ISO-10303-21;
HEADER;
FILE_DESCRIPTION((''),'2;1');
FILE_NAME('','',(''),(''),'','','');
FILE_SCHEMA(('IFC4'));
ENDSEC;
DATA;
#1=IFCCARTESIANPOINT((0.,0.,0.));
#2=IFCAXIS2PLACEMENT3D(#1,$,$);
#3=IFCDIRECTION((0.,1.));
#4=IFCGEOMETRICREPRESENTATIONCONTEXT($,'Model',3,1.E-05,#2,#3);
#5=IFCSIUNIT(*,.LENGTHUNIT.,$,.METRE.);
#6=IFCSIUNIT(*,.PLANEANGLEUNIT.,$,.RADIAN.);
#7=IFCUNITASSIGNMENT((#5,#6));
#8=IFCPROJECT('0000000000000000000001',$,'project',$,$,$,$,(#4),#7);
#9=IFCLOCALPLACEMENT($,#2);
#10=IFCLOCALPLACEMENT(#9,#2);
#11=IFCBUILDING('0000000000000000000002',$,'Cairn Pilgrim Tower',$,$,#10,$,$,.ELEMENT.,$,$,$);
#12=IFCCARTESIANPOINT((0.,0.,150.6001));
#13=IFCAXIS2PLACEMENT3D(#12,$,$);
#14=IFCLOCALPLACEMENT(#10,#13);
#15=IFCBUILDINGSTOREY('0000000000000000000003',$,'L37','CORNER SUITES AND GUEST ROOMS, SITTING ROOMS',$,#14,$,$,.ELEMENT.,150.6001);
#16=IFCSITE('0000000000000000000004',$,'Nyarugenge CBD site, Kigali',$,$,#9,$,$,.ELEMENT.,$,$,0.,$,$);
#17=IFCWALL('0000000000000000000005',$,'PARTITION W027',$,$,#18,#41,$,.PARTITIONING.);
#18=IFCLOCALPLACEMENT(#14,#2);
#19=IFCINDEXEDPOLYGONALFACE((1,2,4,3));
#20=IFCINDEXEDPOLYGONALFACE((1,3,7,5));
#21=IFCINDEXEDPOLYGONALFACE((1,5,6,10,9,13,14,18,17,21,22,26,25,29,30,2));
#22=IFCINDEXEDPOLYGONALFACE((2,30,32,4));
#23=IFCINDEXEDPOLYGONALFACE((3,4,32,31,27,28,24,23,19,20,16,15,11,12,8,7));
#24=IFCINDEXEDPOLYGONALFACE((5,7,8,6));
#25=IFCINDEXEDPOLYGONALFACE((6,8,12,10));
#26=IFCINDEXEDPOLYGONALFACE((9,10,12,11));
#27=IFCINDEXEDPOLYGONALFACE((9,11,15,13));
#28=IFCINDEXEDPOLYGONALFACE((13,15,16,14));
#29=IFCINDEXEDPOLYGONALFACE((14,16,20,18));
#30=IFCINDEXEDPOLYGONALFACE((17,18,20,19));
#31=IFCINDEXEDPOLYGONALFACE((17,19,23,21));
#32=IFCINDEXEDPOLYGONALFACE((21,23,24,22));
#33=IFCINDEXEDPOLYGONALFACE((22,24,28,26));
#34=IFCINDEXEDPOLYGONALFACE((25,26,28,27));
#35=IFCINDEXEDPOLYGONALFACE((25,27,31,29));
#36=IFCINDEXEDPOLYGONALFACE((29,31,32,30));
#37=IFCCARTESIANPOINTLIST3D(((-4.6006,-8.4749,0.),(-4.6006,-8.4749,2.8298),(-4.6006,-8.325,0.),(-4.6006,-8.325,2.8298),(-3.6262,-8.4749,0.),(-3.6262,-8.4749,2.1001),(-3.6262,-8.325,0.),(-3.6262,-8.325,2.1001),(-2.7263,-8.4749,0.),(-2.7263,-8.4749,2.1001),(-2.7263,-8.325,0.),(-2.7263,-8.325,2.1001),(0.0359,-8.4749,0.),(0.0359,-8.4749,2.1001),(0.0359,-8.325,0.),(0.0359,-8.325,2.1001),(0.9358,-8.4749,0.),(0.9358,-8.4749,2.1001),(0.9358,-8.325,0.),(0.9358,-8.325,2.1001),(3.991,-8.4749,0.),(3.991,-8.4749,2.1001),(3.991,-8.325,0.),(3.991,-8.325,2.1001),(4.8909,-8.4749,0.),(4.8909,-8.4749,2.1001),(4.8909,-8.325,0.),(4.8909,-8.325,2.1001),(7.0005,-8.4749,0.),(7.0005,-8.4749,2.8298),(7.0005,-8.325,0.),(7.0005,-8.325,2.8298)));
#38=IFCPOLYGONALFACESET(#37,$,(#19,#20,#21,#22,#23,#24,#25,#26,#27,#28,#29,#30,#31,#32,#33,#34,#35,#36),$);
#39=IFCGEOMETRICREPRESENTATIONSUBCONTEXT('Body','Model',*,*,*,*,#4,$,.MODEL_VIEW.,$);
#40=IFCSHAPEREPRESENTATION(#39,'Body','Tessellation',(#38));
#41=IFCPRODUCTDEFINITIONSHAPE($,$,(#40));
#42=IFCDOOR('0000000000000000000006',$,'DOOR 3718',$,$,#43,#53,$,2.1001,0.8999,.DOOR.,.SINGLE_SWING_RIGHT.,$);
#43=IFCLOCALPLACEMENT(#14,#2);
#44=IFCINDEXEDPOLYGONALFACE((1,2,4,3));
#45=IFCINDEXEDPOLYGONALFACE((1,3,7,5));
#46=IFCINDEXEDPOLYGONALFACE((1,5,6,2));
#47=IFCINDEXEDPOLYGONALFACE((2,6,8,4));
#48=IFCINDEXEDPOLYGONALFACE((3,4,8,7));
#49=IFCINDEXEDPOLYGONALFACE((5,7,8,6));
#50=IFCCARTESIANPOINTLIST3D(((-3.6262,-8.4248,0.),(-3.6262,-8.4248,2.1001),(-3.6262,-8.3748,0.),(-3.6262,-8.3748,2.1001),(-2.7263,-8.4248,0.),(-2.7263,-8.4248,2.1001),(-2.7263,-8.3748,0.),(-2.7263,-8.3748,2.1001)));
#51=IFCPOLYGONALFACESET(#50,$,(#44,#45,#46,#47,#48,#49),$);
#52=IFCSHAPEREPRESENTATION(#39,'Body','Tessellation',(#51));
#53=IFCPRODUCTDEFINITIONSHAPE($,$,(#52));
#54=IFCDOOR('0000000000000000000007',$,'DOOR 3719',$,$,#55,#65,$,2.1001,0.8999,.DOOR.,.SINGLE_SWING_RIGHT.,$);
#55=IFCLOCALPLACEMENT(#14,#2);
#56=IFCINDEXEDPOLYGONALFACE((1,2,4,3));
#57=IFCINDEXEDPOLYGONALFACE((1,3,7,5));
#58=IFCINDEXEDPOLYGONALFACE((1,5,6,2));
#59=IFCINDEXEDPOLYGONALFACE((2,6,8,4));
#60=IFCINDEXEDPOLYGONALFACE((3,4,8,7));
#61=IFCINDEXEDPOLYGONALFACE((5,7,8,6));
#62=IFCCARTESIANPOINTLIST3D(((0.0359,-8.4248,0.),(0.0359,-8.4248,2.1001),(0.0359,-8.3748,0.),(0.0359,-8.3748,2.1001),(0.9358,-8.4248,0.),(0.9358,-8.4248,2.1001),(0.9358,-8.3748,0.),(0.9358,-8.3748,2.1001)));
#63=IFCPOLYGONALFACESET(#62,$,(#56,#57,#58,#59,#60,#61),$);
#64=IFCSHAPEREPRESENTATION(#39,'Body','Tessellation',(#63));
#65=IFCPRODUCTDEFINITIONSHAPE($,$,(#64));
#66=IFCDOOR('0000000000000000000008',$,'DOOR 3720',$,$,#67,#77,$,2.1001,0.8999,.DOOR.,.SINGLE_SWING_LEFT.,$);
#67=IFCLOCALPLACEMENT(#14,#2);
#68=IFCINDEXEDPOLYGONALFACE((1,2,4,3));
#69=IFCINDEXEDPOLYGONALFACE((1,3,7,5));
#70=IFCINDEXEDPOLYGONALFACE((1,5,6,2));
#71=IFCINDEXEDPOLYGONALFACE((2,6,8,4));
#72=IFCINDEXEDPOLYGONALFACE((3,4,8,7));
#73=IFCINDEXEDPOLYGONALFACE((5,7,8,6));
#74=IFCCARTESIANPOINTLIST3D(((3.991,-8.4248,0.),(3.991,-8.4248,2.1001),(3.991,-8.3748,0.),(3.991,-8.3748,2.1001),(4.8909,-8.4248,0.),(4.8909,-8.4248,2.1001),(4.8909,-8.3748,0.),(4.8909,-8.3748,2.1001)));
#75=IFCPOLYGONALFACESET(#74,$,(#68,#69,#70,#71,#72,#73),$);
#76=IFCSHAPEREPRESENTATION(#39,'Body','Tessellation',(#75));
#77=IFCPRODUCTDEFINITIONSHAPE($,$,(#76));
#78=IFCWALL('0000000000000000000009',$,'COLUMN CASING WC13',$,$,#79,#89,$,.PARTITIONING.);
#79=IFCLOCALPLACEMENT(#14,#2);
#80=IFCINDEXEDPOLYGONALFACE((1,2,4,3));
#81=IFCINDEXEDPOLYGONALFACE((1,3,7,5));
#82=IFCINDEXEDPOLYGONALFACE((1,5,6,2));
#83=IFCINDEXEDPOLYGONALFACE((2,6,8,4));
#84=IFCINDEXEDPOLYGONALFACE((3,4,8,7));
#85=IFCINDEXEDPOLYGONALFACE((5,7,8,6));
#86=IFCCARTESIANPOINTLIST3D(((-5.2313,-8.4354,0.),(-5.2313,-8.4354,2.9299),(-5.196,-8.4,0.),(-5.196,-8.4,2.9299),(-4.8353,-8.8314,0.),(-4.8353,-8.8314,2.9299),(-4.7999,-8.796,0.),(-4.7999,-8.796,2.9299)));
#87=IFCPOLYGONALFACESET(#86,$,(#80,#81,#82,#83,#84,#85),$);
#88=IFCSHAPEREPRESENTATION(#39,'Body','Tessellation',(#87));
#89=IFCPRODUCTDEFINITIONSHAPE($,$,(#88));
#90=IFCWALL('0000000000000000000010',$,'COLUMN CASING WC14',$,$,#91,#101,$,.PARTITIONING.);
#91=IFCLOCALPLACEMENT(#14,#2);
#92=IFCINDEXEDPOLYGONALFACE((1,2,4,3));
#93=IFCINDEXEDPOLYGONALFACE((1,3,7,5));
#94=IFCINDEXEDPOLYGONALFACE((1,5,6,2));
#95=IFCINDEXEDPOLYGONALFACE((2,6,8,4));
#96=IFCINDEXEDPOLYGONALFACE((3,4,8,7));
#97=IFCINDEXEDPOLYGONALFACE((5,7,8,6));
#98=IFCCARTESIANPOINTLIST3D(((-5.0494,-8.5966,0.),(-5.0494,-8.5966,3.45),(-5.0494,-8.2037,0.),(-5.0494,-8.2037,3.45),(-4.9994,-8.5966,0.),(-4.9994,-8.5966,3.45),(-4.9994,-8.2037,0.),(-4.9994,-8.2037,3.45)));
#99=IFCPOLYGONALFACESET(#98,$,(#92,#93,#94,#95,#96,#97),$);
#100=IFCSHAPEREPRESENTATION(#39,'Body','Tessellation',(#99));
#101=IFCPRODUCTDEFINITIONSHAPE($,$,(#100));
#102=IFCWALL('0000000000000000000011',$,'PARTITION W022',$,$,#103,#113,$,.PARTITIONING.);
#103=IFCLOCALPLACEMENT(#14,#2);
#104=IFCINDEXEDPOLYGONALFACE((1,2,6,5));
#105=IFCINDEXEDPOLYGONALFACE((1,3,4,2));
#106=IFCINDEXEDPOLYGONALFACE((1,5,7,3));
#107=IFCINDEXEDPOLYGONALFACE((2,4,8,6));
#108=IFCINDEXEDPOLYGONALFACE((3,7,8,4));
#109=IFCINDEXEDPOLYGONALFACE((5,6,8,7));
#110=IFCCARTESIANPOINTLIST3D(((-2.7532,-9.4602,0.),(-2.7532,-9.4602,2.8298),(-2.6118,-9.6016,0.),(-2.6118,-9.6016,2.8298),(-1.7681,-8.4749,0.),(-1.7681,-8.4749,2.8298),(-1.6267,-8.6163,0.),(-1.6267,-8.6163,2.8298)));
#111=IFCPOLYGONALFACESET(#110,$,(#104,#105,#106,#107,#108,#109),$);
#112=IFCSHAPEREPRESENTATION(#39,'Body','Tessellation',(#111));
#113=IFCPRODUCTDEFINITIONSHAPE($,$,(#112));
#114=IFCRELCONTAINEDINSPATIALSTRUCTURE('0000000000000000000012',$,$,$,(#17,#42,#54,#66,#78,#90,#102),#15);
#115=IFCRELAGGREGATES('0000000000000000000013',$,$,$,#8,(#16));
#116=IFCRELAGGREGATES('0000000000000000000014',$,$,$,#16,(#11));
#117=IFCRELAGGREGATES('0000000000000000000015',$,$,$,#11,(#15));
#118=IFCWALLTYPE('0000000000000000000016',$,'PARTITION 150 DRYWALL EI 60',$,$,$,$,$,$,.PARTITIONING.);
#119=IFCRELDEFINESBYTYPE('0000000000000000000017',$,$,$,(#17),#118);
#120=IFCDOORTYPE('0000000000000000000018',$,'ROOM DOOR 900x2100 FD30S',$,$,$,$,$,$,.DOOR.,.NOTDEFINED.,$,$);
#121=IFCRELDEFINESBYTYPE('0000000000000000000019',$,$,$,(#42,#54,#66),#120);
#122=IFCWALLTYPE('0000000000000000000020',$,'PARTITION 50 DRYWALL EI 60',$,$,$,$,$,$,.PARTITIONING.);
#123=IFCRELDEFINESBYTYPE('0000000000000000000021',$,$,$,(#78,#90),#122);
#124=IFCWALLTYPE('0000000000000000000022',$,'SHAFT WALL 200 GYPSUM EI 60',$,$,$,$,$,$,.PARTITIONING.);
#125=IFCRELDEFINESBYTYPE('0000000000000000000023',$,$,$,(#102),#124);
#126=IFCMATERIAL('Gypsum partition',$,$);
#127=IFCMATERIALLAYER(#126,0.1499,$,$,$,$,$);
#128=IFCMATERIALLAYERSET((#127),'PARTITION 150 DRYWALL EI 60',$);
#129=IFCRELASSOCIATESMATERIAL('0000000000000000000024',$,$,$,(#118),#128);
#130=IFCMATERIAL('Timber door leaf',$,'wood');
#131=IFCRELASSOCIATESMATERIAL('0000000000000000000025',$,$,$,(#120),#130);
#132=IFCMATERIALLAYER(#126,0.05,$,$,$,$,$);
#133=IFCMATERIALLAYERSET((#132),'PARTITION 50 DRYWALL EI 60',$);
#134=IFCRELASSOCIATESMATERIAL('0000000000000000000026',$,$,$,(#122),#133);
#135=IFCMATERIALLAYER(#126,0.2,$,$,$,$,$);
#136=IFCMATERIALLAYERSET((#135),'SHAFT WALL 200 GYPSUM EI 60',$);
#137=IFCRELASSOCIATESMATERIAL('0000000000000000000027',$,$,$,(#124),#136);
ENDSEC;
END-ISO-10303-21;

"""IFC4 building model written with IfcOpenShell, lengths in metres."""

from ifc_helpers import new_model, si_unit, direction, frame, frame_2d, origin, place, context, subcontext, project, spatial, rectangle, extrude, material, layer, layer_set, type_object, element, fill, save


model = new_model("IFC4")

# Units and contexts
model_context = context("Model", 3, precision=1e-05, world=origin(), true_north=direction((0.0, 1.0)))
body_context = subcontext(model_context, "Body", "Model", "MODEL_VIEW")
ifc_project = project(units=[si_unit("LENGTHUNIT", "METRE"), si_unit("PLANEANGLEUNIT", "RADIAN")], contexts=[model_context])

# Site, building, storey
site_placement = place(None, origin())
site = spatial("IfcSite", under=ifc_project, at=site_placement, Name="Nyarugenge CBD site, Kigali", CompositionType="ELEMENT", RefElevation=0.0)
building_placement = place(site_placement, origin())
building = spatial("IfcBuilding", under=site, at=building_placement, Name="Cairn Pilgrim Tower", CompositionType="ELEMENT")
storey_placement = place(building_placement, frame((0.0, 0.0, 150.6001)))
storey = spatial("IfcBuildingStorey", under=building, at=storey_placement, Name="L37", Description="CORNER SUITES AND GUEST ROOMS, SITTING ROOMS", CompositionType="ELEMENT", Elevation=150.6001)

# Shared definitions
ifc_material_1 = material(Name="Gypsum partition")

# Shared definitions
ifc_material_2 = material(Name="Timber door leaf", Category="wood")

# Wall, openings, doors
ifc_layer_1 = layer(ifc_material_1, 0.1499)
ifc_layer_set_1 = layer_set([ifc_layer_1], Name="PARTITION 150 DRYWALL EI 60")
wall_type_1 = type_object("IfcWallType", Name="PARTITION 150 DRYWALL EI 60", PredefinedType="PARTITIONING", material=ifc_layer_set_1)
wall_1_placement = place(storey_placement, frame((-4.6006, -8.3999, 0.0), z_axis=(0.0, 0.0, 1.0), x_axis=(1.0, 0.0, 0.0)))
wall_1 = element("IfcWall", 1, at=wall_1_placement, inside=storey, type_object=wall_type_1, Name="PARTITION W027", PredefinedType="PARTITIONING", context=body_context, shape_type="SweptSolid", body=[
    extrude(rectangle(XDim=11.6011, YDim=0.1499, at=frame_2d((5.8005, 0.0))), origin(), (0.0, 0.0, 1.0), 2.8298),
])
opening_1_placement = place(wall_1_placement, frame((0.9744, 0.0, 0.0)))
opening_1 = element("IfcOpeningElement", 2, at=opening_1_placement, cuts=wall_1, PredefinedType="OPENING", context=body_context, shape_type="SweptSolid", body=[
    extrude(rectangle(XDim=0.8999, YDim=2.1001, at=frame_2d((0.45, 1.05))), frame((0.0, 0.085, 0.0), z_axis=(0.0, -1.0, 0.0), x_axis=(1.0, 0.0, 0.0)), (0.0, 0.0, 1.0), 0.1699),
])
opening_2_placement = place(wall_1_placement, frame((4.6365, 0.0, 0.0)))
opening_2 = element("IfcOpeningElement", 3, at=opening_2_placement, cuts=wall_1, PredefinedType="OPENING", context=body_context, shape_type="SweptSolid", body=[
    extrude(rectangle(XDim=0.8999, YDim=2.1001, at=frame_2d((0.45, 1.05))), frame((0.0, 0.085, 0.0), z_axis=(0.0, -1.0, 0.0), x_axis=(1.0, 0.0, 0.0)), (0.0, 0.0, 1.0), 0.1699),
])
opening_3_placement = place(wall_1_placement, frame((8.5916, 0.0, 0.0)))
opening_3 = element("IfcOpeningElement", 4, at=opening_3_placement, cuts=wall_1, PredefinedType="OPENING", context=body_context, shape_type="SweptSolid", body=[
    extrude(rectangle(XDim=0.8999, YDim=2.1001, at=frame_2d((0.45, 1.05))), frame((0.0, 0.085, 0.0), z_axis=(0.0, -1.0, 0.0), x_axis=(1.0, 0.0, 0.0)), (0.0, 0.0, 1.0), 0.1699),
])
door_type_1 = type_object("IfcDoorType", Name="ROOM DOOR 900x2100 FD30S", OperationType="NOTDEFINED", PredefinedType="DOOR", material=ifc_material_2)
door_1_placement = place(opening_1_placement, frame((0.8999, 0.0, 0.0), z_axis=(0.0, 0.0, 1.0), x_axis=(-1.0, 0.0, 0.0)))
door_1 = element("IfcDoor", 5, at=door_1_placement, inside=storey, type_object=door_type_1, Name="DOOR 3718", OperationType="SINGLE_SWING_RIGHT", OverallHeight=2.1001, OverallWidth=0.8999, PredefinedType="DOOR", context=body_context, shape_type="SweptSolid", body=[
    extrude(rectangle(XDim=0.8999, YDim=2.1001, at=frame_2d((0.45, 1.05))), frame((0.0, 0.0249, 0.0), z_axis=(0.0, -1.0, 0.0), x_axis=(1.0, 0.0, 0.0)), (0.0, 0.0, 1.0), 0.05),
])
fill(opening_1, door_1)
door_2_placement = place(opening_2_placement, frame((0.8999, 0.0, 0.0), z_axis=(0.0, 0.0, 1.0), x_axis=(-1.0, 0.0, 0.0)))
door_2 = element("IfcDoor", 6, at=door_2_placement, inside=storey, type_object=door_type_1, Name="DOOR 3719", OperationType="SINGLE_SWING_RIGHT", OverallHeight=2.1001, OverallWidth=0.8999, PredefinedType="DOOR", context=body_context, shape_type="SweptSolid", body=[
    extrude(rectangle(XDim=0.8999, YDim=2.1001, at=frame_2d((0.45, 1.05))), frame((0.0, 0.0249, 0.0), z_axis=(0.0, -1.0, 0.0), x_axis=(1.0, 0.0, 0.0)), (0.0, 0.0, 1.0), 0.05),
])
fill(opening_2, door_2)
door_3_placement = place(opening_3_placement, frame((0.8999, 0.0, 0.0), z_axis=(0.0, 0.0, 1.0), x_axis=(-1.0, 0.0, 0.0)))
door_3 = element("IfcDoor", 7, at=door_3_placement, inside=storey, type_object=door_type_1, Name="DOOR 3720", OperationType="SINGLE_SWING_LEFT", OverallHeight=2.1001, OverallWidth=0.8999, PredefinedType="DOOR", context=body_context, shape_type="SweptSolid", body=[
    extrude(rectangle(XDim=0.8999, YDim=2.1001, at=frame_2d((0.45, 1.05))), frame((0.0, 0.0249, 0.0), z_axis=(0.0, -1.0, 0.0), x_axis=(1.0, 0.0, 0.0)), (0.0, 0.0, 1.0), 0.05),
])
fill(opening_3, door_3)

# Walls
ifc_layer_2 = layer(ifc_material_1, 0.05)
ifc_layer_set_2 = layer_set([ifc_layer_2], Name="PARTITION 50 DRYWALL EI 60")
wall_type_2 = type_object("IfcWallType", Name="PARTITION 50 DRYWALL EI 60", PredefinedType="PARTITIONING", material=ifc_layer_set_2)
wall_2_placement = place(storey_placement, frame((-4.8176, -8.8137, 0.0), z_axis=(0.0, 0.0, 1.0), x_axis=(-0.707107, 0.707107, 0.0)))
element("IfcWall", 8, at=wall_2_placement, inside=storey, type_object=wall_type_2, Name="COLUMN CASING WC13", PredefinedType="PARTITIONING", context=body_context, shape_type="SweptSolid", body=[
    extrude(rectangle(XDim=0.5601, YDim=0.05, at=frame_2d((0.28, 0.0))), origin(), (0.0, 0.0, 1.0), 2.9299),
])
wall_3_placement = place(storey_placement, frame((-5.0244, -8.5964, 0.0), z_axis=(0.0, 0.0, 1.0), x_axis=(0.0, 1.0, 0.0)))
element("IfcWall", 9, at=wall_3_placement, inside=storey, type_object=wall_type_2, Name="COLUMN CASING WC14", PredefinedType="PARTITIONING", context=body_context, shape_type="SweptSolid", body=[
    extrude(rectangle(XDim=0.3928, YDim=0.05, at=frame_2d((0.1963, 0.0))), origin(), (0.0, 0.0, 1.0), 3.45),
])
ifc_layer_3 = layer(ifc_material_1, 0.2)
ifc_layer_set_3 = layer_set([ifc_layer_3], Name="SHAFT WALL 200 GYPSUM EI 60")
wall_type_3 = type_object("IfcWallType", Name="SHAFT WALL 200 GYPSUM EI 60", PredefinedType="PARTITIONING", material=ifc_layer_set_3)
wall_4_placement = place(storey_placement, frame((-2.6826, -9.531, 0.0), z_axis=(0.0, 0.0, 1.0), x_axis=(0.707019, 0.707194, 0.0)))
element("IfcWall", 10, at=wall_4_placement, inside=storey, type_object=wall_type_3, Name="PARTITION W022", PredefinedType="PARTITIONING", context=body_context, shape_type="SweptSolid", body=[
    extrude(rectangle(XDim=1.3933, YDim=0.2, at=frame_2d((0.6968, 0.0))), origin(), (0.0, 0.0, 1.0), 2.8298),
])

save(model, "model.ifc")
